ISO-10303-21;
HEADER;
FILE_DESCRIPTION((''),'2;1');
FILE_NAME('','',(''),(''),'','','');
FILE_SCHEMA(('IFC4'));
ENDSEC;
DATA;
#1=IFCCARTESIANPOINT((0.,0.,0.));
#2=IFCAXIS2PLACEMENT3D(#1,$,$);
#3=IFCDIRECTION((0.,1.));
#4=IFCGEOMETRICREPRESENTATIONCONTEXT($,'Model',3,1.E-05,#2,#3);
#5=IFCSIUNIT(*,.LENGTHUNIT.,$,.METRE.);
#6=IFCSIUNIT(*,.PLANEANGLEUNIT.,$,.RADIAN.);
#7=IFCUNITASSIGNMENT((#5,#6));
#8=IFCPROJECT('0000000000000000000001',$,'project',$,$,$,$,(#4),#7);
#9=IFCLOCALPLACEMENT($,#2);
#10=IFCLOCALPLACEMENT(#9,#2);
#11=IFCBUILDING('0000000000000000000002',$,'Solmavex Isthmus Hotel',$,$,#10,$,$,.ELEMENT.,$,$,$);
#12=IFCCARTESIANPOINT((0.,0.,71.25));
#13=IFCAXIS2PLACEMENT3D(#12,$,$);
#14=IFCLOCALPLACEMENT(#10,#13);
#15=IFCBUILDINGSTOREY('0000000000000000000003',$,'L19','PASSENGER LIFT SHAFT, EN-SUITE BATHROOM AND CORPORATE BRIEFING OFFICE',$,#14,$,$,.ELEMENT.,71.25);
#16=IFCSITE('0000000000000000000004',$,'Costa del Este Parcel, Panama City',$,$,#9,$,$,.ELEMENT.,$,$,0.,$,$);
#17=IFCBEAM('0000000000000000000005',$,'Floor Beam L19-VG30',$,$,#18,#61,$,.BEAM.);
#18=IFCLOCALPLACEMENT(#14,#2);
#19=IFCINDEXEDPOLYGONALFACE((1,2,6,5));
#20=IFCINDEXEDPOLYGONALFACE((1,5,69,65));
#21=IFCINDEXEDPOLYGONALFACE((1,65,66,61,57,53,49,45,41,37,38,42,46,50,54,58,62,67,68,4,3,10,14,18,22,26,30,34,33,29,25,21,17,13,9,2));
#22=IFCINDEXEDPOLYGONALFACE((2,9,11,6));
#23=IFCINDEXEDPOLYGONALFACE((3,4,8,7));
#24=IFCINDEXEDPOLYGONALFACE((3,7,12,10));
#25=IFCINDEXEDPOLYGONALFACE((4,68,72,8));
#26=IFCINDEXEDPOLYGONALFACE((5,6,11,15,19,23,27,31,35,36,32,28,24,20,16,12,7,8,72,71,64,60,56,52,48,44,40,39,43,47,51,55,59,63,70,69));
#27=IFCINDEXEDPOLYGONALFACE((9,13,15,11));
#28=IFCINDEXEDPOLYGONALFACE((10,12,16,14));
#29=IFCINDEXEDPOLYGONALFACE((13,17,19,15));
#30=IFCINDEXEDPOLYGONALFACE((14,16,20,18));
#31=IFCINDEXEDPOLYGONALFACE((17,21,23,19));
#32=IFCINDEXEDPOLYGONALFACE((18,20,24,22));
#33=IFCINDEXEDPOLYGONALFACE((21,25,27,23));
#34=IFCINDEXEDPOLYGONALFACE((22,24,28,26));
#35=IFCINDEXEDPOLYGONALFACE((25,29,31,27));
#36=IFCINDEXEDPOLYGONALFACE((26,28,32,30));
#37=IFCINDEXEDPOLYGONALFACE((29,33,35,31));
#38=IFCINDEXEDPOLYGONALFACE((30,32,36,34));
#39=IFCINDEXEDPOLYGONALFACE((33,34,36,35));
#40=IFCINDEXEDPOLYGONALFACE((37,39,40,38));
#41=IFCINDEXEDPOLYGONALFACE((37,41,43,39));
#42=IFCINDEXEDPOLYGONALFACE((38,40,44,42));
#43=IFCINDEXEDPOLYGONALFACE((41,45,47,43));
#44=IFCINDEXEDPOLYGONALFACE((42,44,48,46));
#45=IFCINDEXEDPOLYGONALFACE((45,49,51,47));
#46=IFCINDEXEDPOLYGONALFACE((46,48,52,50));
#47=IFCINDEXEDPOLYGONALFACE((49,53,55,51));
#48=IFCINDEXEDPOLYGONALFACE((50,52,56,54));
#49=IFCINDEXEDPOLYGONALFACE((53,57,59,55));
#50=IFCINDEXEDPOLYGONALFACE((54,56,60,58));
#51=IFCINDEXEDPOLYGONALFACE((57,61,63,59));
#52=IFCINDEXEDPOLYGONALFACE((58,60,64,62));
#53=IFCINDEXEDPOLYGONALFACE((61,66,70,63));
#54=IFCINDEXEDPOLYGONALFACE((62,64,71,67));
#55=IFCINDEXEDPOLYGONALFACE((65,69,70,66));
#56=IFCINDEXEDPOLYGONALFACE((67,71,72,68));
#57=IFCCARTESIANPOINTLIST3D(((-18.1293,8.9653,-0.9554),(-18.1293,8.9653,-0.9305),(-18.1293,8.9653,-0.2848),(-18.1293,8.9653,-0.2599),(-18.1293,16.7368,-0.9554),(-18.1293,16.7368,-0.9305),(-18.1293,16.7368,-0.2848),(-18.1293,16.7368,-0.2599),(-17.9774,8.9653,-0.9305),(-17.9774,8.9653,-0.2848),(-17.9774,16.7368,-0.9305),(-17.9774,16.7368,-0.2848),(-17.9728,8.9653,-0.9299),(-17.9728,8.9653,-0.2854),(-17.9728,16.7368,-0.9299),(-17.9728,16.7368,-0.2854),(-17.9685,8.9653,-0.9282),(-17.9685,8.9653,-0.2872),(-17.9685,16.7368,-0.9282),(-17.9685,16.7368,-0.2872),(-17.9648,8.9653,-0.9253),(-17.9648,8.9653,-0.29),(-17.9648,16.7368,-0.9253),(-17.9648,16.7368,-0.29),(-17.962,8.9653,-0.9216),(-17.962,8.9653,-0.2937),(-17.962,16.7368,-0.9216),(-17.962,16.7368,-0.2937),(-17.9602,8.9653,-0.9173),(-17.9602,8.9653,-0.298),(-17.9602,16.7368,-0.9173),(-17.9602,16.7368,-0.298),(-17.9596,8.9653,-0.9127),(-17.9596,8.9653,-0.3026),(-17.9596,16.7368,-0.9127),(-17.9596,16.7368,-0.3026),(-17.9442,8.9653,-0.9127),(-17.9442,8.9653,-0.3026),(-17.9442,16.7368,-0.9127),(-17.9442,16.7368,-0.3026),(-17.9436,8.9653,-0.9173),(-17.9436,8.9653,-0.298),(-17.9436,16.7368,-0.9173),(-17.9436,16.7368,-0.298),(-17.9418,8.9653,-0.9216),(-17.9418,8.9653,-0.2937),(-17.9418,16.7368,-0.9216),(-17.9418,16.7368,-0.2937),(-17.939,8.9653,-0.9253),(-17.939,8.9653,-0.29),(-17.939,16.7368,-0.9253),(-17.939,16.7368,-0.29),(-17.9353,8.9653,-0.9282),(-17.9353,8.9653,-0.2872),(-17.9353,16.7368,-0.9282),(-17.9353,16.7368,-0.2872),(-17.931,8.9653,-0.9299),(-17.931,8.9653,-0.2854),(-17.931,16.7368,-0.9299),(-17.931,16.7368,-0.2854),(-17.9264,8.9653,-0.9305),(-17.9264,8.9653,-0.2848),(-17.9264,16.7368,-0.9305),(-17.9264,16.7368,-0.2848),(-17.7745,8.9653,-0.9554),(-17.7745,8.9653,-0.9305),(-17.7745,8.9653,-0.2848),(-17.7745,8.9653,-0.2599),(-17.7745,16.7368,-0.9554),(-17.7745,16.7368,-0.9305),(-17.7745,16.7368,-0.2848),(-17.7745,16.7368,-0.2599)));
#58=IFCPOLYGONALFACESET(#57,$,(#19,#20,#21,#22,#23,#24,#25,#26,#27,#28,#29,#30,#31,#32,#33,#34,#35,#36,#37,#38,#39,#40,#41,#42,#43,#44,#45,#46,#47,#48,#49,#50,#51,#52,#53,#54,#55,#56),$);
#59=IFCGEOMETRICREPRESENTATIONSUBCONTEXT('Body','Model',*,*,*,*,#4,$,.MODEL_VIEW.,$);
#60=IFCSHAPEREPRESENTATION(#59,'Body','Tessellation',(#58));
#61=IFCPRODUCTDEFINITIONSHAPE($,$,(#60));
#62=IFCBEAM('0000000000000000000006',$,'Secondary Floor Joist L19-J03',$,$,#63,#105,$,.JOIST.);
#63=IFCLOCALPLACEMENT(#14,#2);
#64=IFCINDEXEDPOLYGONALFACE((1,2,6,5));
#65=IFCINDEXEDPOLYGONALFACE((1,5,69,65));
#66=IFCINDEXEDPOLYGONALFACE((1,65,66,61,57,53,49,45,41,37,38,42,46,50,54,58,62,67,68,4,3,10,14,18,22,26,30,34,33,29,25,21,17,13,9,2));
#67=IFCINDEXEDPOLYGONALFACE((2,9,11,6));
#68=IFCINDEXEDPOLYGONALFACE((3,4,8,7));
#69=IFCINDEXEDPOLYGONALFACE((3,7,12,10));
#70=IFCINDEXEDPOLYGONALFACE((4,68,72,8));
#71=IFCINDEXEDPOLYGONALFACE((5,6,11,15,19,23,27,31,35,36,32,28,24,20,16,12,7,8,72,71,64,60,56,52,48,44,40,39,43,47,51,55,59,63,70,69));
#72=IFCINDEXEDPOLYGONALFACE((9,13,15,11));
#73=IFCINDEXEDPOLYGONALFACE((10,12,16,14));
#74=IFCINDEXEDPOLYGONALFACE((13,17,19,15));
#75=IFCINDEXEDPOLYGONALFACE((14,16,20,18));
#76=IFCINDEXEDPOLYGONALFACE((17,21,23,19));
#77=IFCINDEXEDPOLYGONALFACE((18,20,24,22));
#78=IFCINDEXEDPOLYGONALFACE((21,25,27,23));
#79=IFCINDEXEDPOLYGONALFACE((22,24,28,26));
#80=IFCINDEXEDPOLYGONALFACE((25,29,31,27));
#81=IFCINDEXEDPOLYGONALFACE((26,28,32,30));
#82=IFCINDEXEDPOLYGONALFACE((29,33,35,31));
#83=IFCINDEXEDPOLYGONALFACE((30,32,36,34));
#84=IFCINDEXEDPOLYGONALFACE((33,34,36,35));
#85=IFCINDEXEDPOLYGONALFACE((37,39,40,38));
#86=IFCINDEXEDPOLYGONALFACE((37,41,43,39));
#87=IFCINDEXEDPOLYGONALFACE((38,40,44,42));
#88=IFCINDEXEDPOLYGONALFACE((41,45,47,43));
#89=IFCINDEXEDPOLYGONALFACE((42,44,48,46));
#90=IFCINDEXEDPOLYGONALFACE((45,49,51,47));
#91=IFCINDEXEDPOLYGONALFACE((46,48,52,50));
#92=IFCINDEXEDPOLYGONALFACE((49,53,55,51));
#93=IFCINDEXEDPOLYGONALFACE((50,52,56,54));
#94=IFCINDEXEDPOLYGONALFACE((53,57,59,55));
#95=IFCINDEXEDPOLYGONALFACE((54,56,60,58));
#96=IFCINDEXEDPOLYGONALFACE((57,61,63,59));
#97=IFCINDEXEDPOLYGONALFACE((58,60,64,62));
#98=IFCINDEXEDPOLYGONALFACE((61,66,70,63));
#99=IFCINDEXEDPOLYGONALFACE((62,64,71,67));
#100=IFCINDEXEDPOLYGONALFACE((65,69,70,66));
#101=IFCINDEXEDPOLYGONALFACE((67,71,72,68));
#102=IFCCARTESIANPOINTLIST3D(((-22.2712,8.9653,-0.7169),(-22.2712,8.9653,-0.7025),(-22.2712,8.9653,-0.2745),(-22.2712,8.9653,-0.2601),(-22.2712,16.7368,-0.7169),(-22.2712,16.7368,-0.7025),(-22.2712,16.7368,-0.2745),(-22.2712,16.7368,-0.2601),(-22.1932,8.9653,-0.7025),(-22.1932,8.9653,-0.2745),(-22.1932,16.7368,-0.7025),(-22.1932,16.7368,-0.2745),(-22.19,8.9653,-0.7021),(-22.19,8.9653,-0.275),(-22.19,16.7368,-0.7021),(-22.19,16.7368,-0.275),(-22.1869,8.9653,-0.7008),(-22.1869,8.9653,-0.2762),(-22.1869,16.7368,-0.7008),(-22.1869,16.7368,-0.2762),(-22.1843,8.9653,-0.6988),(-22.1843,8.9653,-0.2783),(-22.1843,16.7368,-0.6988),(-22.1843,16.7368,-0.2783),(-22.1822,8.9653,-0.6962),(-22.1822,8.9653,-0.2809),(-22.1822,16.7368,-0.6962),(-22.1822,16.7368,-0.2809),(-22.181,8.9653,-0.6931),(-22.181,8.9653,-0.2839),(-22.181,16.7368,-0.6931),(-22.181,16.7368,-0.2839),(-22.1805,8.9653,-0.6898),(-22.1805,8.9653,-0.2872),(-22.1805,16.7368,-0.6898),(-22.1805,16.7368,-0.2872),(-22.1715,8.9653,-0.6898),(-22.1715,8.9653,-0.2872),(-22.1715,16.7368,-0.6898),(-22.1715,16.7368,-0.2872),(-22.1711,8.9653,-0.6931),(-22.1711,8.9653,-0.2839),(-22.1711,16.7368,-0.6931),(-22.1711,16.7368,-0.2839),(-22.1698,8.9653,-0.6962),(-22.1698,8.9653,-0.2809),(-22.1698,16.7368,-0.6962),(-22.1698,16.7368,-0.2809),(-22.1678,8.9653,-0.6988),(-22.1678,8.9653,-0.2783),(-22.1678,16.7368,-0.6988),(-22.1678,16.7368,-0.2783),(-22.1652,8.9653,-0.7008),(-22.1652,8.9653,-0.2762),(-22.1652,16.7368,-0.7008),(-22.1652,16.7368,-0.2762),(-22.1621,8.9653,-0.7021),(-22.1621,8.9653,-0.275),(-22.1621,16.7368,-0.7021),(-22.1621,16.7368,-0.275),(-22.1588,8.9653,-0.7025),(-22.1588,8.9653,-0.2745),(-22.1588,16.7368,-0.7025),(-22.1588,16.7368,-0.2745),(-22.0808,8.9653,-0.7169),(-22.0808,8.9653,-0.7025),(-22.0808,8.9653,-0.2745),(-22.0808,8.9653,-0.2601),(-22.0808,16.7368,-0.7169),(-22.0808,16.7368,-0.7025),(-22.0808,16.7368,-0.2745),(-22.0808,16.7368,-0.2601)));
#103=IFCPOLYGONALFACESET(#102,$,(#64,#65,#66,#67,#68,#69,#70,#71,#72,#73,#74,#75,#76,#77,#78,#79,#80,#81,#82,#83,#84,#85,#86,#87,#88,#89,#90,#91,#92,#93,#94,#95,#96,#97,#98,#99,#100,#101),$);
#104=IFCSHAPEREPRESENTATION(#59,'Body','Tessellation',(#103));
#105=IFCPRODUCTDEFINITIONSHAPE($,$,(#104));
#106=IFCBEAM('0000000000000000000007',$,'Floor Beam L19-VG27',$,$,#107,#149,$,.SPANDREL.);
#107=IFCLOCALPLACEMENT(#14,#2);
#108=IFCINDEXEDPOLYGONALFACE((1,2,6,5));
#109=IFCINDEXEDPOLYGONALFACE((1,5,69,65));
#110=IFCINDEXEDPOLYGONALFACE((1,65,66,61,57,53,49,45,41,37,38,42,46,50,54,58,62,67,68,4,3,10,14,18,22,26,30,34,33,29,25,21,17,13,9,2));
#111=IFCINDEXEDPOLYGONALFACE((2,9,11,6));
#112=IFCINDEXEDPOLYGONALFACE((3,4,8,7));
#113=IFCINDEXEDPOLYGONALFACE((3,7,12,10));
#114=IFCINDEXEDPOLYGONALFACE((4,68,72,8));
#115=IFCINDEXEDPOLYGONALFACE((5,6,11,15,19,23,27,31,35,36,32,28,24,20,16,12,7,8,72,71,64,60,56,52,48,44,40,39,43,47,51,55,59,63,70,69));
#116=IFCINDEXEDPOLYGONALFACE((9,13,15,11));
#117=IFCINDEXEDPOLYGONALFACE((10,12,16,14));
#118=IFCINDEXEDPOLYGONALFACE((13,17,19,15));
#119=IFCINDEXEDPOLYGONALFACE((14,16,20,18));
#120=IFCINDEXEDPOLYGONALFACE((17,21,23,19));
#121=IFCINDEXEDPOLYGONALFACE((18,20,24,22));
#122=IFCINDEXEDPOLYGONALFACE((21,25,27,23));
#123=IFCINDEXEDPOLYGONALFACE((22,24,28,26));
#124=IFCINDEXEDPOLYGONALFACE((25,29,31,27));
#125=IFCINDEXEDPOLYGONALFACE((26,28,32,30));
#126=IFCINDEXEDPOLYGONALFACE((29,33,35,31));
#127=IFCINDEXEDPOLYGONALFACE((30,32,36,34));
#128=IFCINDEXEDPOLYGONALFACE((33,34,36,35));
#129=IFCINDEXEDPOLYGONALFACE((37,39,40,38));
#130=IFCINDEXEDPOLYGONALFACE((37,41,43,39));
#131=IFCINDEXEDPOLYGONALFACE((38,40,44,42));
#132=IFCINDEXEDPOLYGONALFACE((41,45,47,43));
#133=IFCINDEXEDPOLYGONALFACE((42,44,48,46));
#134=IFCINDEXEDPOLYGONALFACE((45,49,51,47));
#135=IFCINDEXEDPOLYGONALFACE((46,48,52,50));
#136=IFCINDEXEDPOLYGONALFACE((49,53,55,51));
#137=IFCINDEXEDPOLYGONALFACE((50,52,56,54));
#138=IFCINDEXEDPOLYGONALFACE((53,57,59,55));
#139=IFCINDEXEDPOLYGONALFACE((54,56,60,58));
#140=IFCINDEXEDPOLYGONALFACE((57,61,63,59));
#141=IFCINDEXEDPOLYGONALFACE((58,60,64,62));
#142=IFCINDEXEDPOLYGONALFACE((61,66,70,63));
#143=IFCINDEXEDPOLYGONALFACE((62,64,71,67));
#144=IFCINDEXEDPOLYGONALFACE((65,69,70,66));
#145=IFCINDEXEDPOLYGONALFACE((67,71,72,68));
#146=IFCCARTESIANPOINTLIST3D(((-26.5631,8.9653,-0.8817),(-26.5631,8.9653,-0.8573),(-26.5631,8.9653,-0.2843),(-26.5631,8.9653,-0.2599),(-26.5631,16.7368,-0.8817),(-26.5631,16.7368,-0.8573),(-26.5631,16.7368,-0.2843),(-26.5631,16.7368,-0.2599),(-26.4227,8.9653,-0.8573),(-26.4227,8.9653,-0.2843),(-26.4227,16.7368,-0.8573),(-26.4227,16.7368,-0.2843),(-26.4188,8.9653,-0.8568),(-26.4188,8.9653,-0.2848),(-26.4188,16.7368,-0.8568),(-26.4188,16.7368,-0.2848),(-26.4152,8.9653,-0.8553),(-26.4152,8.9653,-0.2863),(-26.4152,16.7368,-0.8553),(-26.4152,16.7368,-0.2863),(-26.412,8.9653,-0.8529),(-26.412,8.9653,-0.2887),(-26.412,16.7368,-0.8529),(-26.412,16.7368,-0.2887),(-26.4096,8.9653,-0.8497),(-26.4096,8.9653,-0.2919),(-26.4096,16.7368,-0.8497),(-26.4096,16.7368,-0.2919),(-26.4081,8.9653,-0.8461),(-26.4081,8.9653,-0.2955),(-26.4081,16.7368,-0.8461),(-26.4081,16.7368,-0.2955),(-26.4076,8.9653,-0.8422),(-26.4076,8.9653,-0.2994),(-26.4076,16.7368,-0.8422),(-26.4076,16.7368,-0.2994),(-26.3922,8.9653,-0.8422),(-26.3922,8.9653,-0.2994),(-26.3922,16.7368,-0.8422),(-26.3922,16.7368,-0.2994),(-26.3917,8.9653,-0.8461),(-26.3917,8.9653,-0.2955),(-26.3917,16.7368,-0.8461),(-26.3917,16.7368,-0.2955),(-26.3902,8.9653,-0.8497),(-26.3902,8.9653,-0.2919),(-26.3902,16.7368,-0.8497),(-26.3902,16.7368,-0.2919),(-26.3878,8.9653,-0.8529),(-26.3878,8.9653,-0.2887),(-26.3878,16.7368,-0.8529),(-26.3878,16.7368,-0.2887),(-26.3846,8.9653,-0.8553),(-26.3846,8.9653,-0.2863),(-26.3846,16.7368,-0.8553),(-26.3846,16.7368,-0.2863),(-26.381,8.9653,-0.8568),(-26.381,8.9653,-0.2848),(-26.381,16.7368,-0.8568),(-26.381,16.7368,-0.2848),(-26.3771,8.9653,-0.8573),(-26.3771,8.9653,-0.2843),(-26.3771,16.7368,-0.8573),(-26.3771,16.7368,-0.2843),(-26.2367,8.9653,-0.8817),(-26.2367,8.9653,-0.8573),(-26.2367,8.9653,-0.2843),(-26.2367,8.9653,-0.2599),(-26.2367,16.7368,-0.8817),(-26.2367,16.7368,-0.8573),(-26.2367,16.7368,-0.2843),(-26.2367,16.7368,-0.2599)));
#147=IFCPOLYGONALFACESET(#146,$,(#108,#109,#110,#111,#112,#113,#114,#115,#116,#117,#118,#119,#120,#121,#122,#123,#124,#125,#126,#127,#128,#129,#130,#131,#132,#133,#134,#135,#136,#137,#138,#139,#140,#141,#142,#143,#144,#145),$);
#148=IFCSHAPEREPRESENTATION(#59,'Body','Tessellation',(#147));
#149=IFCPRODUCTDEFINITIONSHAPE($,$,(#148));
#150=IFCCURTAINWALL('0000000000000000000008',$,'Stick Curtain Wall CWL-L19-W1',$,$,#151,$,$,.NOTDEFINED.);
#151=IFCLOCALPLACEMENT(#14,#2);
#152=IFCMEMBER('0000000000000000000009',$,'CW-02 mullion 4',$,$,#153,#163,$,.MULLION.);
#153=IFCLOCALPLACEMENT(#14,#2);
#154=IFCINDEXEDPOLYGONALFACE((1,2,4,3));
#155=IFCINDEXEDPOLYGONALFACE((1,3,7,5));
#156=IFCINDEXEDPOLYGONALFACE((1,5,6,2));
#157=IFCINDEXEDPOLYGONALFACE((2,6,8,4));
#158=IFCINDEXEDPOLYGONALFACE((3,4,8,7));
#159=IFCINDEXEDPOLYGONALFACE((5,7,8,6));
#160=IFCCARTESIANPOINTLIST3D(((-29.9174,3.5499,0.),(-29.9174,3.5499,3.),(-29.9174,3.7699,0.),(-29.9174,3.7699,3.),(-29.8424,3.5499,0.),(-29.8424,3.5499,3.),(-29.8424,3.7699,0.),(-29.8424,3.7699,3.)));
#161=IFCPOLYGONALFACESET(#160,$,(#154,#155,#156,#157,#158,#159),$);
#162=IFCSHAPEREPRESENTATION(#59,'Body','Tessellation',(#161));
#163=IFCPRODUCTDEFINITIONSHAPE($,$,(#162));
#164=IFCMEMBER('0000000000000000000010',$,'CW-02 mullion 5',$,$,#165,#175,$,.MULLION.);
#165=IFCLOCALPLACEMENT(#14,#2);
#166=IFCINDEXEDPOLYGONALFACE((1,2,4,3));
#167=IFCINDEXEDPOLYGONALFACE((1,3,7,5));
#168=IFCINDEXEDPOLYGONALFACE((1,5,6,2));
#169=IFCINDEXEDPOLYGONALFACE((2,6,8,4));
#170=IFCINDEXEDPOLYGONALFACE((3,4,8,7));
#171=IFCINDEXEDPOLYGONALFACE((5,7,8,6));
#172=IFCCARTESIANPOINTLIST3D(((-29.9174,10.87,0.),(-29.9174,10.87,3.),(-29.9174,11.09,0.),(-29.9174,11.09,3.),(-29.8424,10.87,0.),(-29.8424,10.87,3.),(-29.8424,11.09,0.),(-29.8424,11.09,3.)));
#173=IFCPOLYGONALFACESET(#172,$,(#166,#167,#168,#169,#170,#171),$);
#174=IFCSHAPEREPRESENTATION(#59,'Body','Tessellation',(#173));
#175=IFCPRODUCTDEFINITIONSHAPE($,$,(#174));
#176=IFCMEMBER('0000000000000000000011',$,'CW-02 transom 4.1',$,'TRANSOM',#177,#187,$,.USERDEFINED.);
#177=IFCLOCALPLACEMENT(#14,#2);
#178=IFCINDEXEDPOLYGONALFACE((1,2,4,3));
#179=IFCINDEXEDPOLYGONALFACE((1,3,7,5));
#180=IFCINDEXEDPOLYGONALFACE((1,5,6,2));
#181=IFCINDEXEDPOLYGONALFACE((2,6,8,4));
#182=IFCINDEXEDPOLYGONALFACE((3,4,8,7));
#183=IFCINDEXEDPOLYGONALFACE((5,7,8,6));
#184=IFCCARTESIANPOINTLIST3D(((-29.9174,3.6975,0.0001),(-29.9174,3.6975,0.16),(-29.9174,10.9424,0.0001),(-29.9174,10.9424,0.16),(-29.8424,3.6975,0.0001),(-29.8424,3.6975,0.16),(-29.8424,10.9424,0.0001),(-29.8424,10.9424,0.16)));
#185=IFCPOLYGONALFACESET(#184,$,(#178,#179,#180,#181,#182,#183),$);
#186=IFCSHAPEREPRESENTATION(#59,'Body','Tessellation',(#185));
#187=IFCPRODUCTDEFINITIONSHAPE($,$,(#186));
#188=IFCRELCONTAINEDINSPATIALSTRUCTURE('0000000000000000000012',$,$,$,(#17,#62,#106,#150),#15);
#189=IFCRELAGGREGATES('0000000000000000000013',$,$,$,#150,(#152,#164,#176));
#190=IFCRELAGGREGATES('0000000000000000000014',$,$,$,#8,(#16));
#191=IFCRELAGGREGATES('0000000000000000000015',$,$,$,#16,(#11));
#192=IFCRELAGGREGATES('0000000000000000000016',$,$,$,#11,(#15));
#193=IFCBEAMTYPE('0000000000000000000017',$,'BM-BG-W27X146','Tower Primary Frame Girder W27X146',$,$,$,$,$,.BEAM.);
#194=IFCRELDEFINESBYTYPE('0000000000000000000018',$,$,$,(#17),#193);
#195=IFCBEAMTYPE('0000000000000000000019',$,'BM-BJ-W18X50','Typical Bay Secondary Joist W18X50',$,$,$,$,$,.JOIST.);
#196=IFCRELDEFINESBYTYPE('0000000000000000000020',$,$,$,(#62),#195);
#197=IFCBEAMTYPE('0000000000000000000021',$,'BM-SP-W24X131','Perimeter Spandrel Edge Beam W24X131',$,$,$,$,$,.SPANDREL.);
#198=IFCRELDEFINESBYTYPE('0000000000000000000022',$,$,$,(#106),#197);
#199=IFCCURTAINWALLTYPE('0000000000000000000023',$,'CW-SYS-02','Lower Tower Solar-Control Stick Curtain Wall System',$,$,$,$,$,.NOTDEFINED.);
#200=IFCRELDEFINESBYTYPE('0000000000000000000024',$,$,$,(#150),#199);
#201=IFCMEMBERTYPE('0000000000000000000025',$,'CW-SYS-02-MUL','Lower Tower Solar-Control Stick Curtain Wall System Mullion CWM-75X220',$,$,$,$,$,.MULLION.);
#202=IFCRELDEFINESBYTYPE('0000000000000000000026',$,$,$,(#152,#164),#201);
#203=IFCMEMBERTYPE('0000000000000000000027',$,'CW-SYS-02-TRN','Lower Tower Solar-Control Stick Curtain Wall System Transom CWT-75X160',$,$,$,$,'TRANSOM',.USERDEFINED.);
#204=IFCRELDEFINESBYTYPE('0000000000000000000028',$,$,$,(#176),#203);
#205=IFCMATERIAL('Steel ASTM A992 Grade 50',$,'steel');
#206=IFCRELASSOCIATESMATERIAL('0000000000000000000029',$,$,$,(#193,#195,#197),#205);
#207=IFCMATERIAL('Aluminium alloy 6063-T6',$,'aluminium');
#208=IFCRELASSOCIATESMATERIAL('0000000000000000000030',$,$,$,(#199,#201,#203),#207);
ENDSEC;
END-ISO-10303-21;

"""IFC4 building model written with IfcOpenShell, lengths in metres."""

from ifc_helpers import new_model, si_unit, direction, frame, origin, origin_2d, place, context, subcontext, project, spatial, rectangle, i_section, extrude, material, material_profile, profile_set, type_object, element, aggregate, save


model = new_model("IFC4")

# Units and contexts
model_context = context("Model", 3, precision=1e-05, world=origin(), true_north=direction((0.0, 1.0)))
body_context = subcontext(model_context, "Body", "Model", "MODEL_VIEW")
ifc_project = project(units=[si_unit("LENGTHUNIT", "METRE"), si_unit("PLANEANGLEUNIT", "RADIAN")], contexts=[model_context])

# Site, building, storey
site_placement = place(None, origin())
site = spatial("IfcSite", under=ifc_project, at=site_placement, Name="Costa del Este Parcel, Panama City", CompositionType="ELEMENT", RefElevation=0.0)
building_placement = place(site_placement, origin())
building = spatial("IfcBuilding", under=site, at=building_placement, Name="Solmavex Isthmus Hotel", CompositionType="ELEMENT")
storey_placement = place(building_placement, frame((0.0, 0.0, 71.25)))
storey = spatial("IfcBuildingStorey", under=building, at=storey_placement, Name="L19", Description="PASSENGER LIFT SHAFT, EN-SUITE BATHROOM AND CORPORATE BRIEFING OFFICE", CompositionType="ELEMENT", Elevation=71.25)

# Beams
ifc_material_1 = material(Name="Steel ASTM A992 Grade 50", Category="steel")
ifc_material_profile_1 = material_profile(ifc_material_1, i_section(OverallWidth=0.3547, OverallDepth=0.6956, WebThickness=0.0154, FlangeThickness=0.0249, FilletRadius=0.0178, at=origin_2d()), Name="W27X146")
ifc_profile_set_1 = profile_set([ifc_material_profile_1], Name="Steel ASTM A992 Grade 50")
beam_type_1 = type_object("IfcBeamType", Name="BM-BG-W27X146", Description="Tower Primary Frame Girder W27X146", PredefinedType="BEAM", material=ifc_profile_set_1)
beam_1_placement = place(storey_placement, frame((-17.9519, 8.9653, -0.6077), z_axis=(0.0, 1.0, 0.0), x_axis=(-1.0, 0.0, 0.0)))
element("IfcBeam", 1, at=beam_1_placement, inside=storey, type_object=beam_type_1, Name="Floor Beam L19-VG30", PredefinedType="BEAM", context=body_context, shape_type="SweptSolid", body=[
    extrude(i_section(OverallWidth=0.3547, OverallDepth=0.6956, WebThickness=0.0154, FlangeThickness=0.0249, FilletRadius=0.0178, at=origin_2d()), origin(), (0.0, 0.0, 1.0), 7.7715),
])
ifc_material_profile_2 = material_profile(ifc_material_1, i_section(OverallWidth=0.1904, OverallDepth=0.4568, WebThickness=0.009, FlangeThickness=0.0144, FilletRadius=0.0127, at=origin_2d()), Name="W18X50")
ifc_profile_set_2 = profile_set([ifc_material_profile_2], Name="Steel ASTM A992 Grade 50")
beam_type_2 = type_object("IfcBeamType", Name="BM-BJ-W18X50", Description="Typical Bay Secondary Joist W18X50", PredefinedType="JOIST", material=ifc_profile_set_2)
beam_2_placement = place(storey_placement, frame((-22.176, 8.9653, -0.4885), z_axis=(0.0, 1.0, 0.0), x_axis=(-1.0, 0.0, 0.0)))
element("IfcBeam", 2, at=beam_2_placement, inside=storey, type_object=beam_type_2, Name="Secondary Floor Joist L19-J03", PredefinedType="JOIST", context=body_context, shape_type="SweptSolid", body=[
    extrude(i_section(OverallWidth=0.1904, OverallDepth=0.4568, WebThickness=0.009, FlangeThickness=0.0144, FilletRadius=0.0127, at=origin_2d()), origin(), (0.0, 0.0, 1.0), 7.7715),
])
ifc_material_profile_3 = material_profile(ifc_material_1, i_section(OverallWidth=0.3264, OverallDepth=0.6218, WebThickness=0.0154, FlangeThickness=0.0244, FilletRadius=0.0151, at=origin_2d()), Name="W24X131")
ifc_profile_set_3 = profile_set([ifc_material_profile_3], Name="Steel ASTM A992 Grade 50")
beam_type_3 = type_object("IfcBeamType", Name="BM-SP-W24X131", Description="Perimeter Spandrel Edge Beam W24X131", PredefinedType="SPANDREL", material=ifc_profile_set_3)
beam_3_placement = place(storey_placement, frame((-26.3999, 8.9653, -0.5708), z_axis=(0.0, 1.0, 0.0), x_axis=(-1.0, 0.0, 0.0)))
element("IfcBeam", 3, at=beam_3_placement, inside=storey, type_object=beam_type_3, Name="Floor Beam L19-VG27", PredefinedType="SPANDREL", context=body_context, shape_type="SweptSolid", body=[
    extrude(i_section(OverallWidth=0.3264, OverallDepth=0.6218, WebThickness=0.0154, FlangeThickness=0.0244, FilletRadius=0.0151, at=origin_2d()), origin(), (0.0, 0.0, 1.0), 7.7715),
])

# Curtain wall, members
ifc_material_2 = material(Name="Aluminium alloy 6063-T6", Category="aluminium")
curtain_wall_type = type_object("IfcCurtainWallType", Name="CW-SYS-02", Description="Lower Tower Solar-Control Stick Curtain Wall System", PredefinedType="NOTDEFINED", material=ifc_material_2)
curtain_wall_placement = place(storey_placement, origin())
curtain_wall = element("IfcCurtainWall", 4, at=curtain_wall_placement, inside=storey, type_object=curtain_wall_type, Name="Stick Curtain Wall CWL-L19-W1", PredefinedType="NOTDEFINED")
ifc_material_profile_4 = material_profile(ifc_material_2, rectangle(XDim=0.075, YDim=0.22, at=origin_2d()), Name="CWM-75X220")
ifc_profile_set_4 = profile_set([ifc_material_profile_4], Name="Aluminium alloy 6063-T6")
member_type_1 = type_object("IfcMemberType", Name="CW-SYS-02-MUL", Description="Lower Tower Solar-Control Stick Curtain Wall System Mullion CWM-75X220", PredefinedType="MULLION", material=ifc_profile_set_4)
member_1_placement = place(storey_placement, frame((-29.8799, 3.6599, 0.0), z_axis=(0.0, 0.0, 1.0), x_axis=(-1.0, 0.0, 0.0)))
member_1 = element("IfcMember", 5, at=member_1_placement, type_object=member_type_1, Name="CW-02 mullion 4", PredefinedType="MULLION", context=body_context, shape_type="SweptSolid", body=[
    extrude(rectangle(XDim=0.075, YDim=0.22, at=origin_2d()), origin(), (0.0, 0.0, 1.0), 3.0),
])
member_2_placement = place(storey_placement, frame((-29.8799, 10.98, 0.0), z_axis=(0.0, 0.0, 1.0), x_axis=(-1.0, 0.0, 0.0)))
member_2 = element("IfcMember", 6, at=member_2_placement, type_object=member_type_1, Name="CW-02 mullion 5", PredefinedType="MULLION", context=body_context, shape_type="SweptSolid", body=[
    extrude(rectangle(XDim=0.075, YDim=0.22, at=origin_2d()), origin(), (0.0, 0.0, 1.0), 3.0),
])
ifc_material_profile_5 = material_profile(ifc_material_2, rectangle(XDim=0.075, YDim=0.1599, at=origin_2d()), Name="CWT-75X160")
ifc_profile_set_5 = profile_set([ifc_material_profile_5], Name="Aluminium alloy 6063-T6")
member_type_2 = type_object("IfcMemberType", Name="CW-SYS-02-TRN", Description="Lower Tower Solar-Control Stick Curtain Wall System Transom CWT-75X160", ElementType="TRANSOM", PredefinedType="USERDEFINED", material=ifc_profile_set_5)
member_3_placement = place(storey_placement, frame((-29.8799, 3.6975, 0.0801), z_axis=(0.0, 1.0, 0.0), x_axis=(-1.0, 0.0, 0.0)))
member_3 = element("IfcMember", 7, at=member_3_placement, type_object=member_type_2, Name="CW-02 transom 4.1", ObjectType="TRANSOM", PredefinedType="USERDEFINED", context=body_context, shape_type="SweptSolid", body=[
    extrude(rectangle(XDim=0.075, YDim=0.1599, at=origin_2d()), origin(), (0.0, 0.0, 1.0), 7.2449),
])
aggregate(curtain_wall, [member_1, member_2, member_3])

save(model, "model.ifc")
